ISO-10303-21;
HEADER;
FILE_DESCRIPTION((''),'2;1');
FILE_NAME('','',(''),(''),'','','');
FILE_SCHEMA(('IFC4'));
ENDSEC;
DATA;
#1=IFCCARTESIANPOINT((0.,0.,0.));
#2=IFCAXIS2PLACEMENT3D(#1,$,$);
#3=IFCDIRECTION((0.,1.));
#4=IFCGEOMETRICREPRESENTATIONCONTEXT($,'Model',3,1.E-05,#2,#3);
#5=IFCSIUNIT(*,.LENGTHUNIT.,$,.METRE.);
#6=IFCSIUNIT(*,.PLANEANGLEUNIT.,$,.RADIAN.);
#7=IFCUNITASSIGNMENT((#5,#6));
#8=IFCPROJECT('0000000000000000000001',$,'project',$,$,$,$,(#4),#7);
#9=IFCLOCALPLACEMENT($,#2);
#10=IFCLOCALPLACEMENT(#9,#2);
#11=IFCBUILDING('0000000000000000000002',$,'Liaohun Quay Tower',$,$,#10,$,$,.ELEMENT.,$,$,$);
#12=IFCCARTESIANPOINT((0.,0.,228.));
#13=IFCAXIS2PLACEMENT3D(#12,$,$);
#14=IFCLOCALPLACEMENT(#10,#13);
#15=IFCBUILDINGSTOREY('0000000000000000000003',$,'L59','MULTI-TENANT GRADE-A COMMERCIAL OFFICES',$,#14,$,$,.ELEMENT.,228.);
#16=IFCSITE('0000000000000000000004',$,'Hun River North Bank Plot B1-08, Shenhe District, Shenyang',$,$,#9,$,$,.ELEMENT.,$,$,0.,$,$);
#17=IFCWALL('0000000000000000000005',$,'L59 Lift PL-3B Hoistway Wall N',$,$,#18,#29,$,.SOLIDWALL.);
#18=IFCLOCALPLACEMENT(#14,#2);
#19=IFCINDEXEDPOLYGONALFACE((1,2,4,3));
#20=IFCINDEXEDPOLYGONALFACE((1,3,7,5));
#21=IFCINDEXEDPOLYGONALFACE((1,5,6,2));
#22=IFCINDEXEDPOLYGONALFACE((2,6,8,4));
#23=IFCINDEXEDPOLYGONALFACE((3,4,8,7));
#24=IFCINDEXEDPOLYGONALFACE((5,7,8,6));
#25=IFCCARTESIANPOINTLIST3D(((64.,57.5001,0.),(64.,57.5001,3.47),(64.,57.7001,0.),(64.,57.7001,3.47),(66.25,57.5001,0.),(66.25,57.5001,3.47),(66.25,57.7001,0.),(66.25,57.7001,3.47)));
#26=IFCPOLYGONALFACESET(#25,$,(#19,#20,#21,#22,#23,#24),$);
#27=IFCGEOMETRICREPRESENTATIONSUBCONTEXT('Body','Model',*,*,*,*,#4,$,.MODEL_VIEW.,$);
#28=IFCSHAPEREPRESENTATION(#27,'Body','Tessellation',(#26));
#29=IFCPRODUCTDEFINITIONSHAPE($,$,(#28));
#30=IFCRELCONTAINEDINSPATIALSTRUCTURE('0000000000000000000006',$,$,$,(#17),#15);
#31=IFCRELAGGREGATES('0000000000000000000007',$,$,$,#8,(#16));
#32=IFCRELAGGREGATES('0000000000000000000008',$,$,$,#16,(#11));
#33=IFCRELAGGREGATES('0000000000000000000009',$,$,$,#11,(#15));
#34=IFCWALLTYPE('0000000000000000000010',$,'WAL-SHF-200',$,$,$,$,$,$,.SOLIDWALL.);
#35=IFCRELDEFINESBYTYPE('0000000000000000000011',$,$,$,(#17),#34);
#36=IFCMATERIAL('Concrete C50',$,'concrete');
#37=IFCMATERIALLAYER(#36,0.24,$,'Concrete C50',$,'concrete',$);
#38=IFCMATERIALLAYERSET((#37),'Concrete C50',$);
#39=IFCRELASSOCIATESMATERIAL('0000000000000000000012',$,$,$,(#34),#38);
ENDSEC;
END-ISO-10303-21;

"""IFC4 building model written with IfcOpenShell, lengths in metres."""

from ifc_helpers import new_model, si_unit, direction, frame, frame_2d, origin, place, context, subcontext, project, spatial, rectangle, extrude, material, layer, layer_set, type_object, element, save


model = new_model("IFC4")

# Units and contexts
model_context = context("Model", 3, precision=1e-05, world=origin(), true_north=direction((0.0, 1.0)))
body_context = subcontext(model_context, "Body", "Model", "MODEL_VIEW")
ifc_project = project(units=[si_unit("LENGTHUNIT", "METRE"), si_unit("PLANEANGLEUNIT", "RADIAN")], contexts=[model_context])

# Site, building, storey
site_placement = place(None, origin())
site = spatial("IfcSite", under=ifc_project, at=site_placement, Name="Hun River North Bank Plot B1-08, Shenhe District, Shenyang", CompositionType="ELEMENT", RefElevation=0.0)
building_placement = place(site_placement, origin())
building = spatial("IfcBuilding", under=site, at=building_placement, Name="Liaohun Quay Tower", CompositionType="ELEMENT")
storey_placement = place(building_placement, frame((0.0, 0.0, 228.0)))
storey = spatial("IfcBuildingStorey", under=building, at=storey_placement, Name="L59", Description="MULTI-TENANT GRADE-A COMMERCIAL OFFICES", CompositionType="ELEMENT", Elevation=228.0)

# Wall
ifc_material_1 = material(Name="Concrete C50", Category="concrete")
ifc_layer_1 = layer(ifc_material_1, 0.24, Name="Concrete C50", Category="concrete")
ifc_layer_set_1 = layer_set([ifc_layer_1], Name="Concrete C50")
wall_type_1 = type_object("IfcWallType", Name="WAL-SHF-200", PredefinedType="SOLIDWALL", material=ifc_layer_set_1)
wall_1_placement = place(storey_placement, frame((66.25, 57.6001, 0.0), z_axis=(0.0, 0.0, 1.0), x_axis=(-1.0, 0.0, 0.0)))
element("IfcWall", 1, at=wall_1_placement, inside=storey, type_object=wall_type_1, Name="L59 Lift PL-3B Hoistway Wall N", PredefinedType="SOLIDWALL", context=body_context, shape_type="SweptSolid", body=[
    extrude(rectangle(XDim=2.25, YDim=0.2, at=frame_2d((1.125, 0.0))), origin(), (0.0, 0.0, 1.0), 3.47),
])

save(model, "model.ifc")
